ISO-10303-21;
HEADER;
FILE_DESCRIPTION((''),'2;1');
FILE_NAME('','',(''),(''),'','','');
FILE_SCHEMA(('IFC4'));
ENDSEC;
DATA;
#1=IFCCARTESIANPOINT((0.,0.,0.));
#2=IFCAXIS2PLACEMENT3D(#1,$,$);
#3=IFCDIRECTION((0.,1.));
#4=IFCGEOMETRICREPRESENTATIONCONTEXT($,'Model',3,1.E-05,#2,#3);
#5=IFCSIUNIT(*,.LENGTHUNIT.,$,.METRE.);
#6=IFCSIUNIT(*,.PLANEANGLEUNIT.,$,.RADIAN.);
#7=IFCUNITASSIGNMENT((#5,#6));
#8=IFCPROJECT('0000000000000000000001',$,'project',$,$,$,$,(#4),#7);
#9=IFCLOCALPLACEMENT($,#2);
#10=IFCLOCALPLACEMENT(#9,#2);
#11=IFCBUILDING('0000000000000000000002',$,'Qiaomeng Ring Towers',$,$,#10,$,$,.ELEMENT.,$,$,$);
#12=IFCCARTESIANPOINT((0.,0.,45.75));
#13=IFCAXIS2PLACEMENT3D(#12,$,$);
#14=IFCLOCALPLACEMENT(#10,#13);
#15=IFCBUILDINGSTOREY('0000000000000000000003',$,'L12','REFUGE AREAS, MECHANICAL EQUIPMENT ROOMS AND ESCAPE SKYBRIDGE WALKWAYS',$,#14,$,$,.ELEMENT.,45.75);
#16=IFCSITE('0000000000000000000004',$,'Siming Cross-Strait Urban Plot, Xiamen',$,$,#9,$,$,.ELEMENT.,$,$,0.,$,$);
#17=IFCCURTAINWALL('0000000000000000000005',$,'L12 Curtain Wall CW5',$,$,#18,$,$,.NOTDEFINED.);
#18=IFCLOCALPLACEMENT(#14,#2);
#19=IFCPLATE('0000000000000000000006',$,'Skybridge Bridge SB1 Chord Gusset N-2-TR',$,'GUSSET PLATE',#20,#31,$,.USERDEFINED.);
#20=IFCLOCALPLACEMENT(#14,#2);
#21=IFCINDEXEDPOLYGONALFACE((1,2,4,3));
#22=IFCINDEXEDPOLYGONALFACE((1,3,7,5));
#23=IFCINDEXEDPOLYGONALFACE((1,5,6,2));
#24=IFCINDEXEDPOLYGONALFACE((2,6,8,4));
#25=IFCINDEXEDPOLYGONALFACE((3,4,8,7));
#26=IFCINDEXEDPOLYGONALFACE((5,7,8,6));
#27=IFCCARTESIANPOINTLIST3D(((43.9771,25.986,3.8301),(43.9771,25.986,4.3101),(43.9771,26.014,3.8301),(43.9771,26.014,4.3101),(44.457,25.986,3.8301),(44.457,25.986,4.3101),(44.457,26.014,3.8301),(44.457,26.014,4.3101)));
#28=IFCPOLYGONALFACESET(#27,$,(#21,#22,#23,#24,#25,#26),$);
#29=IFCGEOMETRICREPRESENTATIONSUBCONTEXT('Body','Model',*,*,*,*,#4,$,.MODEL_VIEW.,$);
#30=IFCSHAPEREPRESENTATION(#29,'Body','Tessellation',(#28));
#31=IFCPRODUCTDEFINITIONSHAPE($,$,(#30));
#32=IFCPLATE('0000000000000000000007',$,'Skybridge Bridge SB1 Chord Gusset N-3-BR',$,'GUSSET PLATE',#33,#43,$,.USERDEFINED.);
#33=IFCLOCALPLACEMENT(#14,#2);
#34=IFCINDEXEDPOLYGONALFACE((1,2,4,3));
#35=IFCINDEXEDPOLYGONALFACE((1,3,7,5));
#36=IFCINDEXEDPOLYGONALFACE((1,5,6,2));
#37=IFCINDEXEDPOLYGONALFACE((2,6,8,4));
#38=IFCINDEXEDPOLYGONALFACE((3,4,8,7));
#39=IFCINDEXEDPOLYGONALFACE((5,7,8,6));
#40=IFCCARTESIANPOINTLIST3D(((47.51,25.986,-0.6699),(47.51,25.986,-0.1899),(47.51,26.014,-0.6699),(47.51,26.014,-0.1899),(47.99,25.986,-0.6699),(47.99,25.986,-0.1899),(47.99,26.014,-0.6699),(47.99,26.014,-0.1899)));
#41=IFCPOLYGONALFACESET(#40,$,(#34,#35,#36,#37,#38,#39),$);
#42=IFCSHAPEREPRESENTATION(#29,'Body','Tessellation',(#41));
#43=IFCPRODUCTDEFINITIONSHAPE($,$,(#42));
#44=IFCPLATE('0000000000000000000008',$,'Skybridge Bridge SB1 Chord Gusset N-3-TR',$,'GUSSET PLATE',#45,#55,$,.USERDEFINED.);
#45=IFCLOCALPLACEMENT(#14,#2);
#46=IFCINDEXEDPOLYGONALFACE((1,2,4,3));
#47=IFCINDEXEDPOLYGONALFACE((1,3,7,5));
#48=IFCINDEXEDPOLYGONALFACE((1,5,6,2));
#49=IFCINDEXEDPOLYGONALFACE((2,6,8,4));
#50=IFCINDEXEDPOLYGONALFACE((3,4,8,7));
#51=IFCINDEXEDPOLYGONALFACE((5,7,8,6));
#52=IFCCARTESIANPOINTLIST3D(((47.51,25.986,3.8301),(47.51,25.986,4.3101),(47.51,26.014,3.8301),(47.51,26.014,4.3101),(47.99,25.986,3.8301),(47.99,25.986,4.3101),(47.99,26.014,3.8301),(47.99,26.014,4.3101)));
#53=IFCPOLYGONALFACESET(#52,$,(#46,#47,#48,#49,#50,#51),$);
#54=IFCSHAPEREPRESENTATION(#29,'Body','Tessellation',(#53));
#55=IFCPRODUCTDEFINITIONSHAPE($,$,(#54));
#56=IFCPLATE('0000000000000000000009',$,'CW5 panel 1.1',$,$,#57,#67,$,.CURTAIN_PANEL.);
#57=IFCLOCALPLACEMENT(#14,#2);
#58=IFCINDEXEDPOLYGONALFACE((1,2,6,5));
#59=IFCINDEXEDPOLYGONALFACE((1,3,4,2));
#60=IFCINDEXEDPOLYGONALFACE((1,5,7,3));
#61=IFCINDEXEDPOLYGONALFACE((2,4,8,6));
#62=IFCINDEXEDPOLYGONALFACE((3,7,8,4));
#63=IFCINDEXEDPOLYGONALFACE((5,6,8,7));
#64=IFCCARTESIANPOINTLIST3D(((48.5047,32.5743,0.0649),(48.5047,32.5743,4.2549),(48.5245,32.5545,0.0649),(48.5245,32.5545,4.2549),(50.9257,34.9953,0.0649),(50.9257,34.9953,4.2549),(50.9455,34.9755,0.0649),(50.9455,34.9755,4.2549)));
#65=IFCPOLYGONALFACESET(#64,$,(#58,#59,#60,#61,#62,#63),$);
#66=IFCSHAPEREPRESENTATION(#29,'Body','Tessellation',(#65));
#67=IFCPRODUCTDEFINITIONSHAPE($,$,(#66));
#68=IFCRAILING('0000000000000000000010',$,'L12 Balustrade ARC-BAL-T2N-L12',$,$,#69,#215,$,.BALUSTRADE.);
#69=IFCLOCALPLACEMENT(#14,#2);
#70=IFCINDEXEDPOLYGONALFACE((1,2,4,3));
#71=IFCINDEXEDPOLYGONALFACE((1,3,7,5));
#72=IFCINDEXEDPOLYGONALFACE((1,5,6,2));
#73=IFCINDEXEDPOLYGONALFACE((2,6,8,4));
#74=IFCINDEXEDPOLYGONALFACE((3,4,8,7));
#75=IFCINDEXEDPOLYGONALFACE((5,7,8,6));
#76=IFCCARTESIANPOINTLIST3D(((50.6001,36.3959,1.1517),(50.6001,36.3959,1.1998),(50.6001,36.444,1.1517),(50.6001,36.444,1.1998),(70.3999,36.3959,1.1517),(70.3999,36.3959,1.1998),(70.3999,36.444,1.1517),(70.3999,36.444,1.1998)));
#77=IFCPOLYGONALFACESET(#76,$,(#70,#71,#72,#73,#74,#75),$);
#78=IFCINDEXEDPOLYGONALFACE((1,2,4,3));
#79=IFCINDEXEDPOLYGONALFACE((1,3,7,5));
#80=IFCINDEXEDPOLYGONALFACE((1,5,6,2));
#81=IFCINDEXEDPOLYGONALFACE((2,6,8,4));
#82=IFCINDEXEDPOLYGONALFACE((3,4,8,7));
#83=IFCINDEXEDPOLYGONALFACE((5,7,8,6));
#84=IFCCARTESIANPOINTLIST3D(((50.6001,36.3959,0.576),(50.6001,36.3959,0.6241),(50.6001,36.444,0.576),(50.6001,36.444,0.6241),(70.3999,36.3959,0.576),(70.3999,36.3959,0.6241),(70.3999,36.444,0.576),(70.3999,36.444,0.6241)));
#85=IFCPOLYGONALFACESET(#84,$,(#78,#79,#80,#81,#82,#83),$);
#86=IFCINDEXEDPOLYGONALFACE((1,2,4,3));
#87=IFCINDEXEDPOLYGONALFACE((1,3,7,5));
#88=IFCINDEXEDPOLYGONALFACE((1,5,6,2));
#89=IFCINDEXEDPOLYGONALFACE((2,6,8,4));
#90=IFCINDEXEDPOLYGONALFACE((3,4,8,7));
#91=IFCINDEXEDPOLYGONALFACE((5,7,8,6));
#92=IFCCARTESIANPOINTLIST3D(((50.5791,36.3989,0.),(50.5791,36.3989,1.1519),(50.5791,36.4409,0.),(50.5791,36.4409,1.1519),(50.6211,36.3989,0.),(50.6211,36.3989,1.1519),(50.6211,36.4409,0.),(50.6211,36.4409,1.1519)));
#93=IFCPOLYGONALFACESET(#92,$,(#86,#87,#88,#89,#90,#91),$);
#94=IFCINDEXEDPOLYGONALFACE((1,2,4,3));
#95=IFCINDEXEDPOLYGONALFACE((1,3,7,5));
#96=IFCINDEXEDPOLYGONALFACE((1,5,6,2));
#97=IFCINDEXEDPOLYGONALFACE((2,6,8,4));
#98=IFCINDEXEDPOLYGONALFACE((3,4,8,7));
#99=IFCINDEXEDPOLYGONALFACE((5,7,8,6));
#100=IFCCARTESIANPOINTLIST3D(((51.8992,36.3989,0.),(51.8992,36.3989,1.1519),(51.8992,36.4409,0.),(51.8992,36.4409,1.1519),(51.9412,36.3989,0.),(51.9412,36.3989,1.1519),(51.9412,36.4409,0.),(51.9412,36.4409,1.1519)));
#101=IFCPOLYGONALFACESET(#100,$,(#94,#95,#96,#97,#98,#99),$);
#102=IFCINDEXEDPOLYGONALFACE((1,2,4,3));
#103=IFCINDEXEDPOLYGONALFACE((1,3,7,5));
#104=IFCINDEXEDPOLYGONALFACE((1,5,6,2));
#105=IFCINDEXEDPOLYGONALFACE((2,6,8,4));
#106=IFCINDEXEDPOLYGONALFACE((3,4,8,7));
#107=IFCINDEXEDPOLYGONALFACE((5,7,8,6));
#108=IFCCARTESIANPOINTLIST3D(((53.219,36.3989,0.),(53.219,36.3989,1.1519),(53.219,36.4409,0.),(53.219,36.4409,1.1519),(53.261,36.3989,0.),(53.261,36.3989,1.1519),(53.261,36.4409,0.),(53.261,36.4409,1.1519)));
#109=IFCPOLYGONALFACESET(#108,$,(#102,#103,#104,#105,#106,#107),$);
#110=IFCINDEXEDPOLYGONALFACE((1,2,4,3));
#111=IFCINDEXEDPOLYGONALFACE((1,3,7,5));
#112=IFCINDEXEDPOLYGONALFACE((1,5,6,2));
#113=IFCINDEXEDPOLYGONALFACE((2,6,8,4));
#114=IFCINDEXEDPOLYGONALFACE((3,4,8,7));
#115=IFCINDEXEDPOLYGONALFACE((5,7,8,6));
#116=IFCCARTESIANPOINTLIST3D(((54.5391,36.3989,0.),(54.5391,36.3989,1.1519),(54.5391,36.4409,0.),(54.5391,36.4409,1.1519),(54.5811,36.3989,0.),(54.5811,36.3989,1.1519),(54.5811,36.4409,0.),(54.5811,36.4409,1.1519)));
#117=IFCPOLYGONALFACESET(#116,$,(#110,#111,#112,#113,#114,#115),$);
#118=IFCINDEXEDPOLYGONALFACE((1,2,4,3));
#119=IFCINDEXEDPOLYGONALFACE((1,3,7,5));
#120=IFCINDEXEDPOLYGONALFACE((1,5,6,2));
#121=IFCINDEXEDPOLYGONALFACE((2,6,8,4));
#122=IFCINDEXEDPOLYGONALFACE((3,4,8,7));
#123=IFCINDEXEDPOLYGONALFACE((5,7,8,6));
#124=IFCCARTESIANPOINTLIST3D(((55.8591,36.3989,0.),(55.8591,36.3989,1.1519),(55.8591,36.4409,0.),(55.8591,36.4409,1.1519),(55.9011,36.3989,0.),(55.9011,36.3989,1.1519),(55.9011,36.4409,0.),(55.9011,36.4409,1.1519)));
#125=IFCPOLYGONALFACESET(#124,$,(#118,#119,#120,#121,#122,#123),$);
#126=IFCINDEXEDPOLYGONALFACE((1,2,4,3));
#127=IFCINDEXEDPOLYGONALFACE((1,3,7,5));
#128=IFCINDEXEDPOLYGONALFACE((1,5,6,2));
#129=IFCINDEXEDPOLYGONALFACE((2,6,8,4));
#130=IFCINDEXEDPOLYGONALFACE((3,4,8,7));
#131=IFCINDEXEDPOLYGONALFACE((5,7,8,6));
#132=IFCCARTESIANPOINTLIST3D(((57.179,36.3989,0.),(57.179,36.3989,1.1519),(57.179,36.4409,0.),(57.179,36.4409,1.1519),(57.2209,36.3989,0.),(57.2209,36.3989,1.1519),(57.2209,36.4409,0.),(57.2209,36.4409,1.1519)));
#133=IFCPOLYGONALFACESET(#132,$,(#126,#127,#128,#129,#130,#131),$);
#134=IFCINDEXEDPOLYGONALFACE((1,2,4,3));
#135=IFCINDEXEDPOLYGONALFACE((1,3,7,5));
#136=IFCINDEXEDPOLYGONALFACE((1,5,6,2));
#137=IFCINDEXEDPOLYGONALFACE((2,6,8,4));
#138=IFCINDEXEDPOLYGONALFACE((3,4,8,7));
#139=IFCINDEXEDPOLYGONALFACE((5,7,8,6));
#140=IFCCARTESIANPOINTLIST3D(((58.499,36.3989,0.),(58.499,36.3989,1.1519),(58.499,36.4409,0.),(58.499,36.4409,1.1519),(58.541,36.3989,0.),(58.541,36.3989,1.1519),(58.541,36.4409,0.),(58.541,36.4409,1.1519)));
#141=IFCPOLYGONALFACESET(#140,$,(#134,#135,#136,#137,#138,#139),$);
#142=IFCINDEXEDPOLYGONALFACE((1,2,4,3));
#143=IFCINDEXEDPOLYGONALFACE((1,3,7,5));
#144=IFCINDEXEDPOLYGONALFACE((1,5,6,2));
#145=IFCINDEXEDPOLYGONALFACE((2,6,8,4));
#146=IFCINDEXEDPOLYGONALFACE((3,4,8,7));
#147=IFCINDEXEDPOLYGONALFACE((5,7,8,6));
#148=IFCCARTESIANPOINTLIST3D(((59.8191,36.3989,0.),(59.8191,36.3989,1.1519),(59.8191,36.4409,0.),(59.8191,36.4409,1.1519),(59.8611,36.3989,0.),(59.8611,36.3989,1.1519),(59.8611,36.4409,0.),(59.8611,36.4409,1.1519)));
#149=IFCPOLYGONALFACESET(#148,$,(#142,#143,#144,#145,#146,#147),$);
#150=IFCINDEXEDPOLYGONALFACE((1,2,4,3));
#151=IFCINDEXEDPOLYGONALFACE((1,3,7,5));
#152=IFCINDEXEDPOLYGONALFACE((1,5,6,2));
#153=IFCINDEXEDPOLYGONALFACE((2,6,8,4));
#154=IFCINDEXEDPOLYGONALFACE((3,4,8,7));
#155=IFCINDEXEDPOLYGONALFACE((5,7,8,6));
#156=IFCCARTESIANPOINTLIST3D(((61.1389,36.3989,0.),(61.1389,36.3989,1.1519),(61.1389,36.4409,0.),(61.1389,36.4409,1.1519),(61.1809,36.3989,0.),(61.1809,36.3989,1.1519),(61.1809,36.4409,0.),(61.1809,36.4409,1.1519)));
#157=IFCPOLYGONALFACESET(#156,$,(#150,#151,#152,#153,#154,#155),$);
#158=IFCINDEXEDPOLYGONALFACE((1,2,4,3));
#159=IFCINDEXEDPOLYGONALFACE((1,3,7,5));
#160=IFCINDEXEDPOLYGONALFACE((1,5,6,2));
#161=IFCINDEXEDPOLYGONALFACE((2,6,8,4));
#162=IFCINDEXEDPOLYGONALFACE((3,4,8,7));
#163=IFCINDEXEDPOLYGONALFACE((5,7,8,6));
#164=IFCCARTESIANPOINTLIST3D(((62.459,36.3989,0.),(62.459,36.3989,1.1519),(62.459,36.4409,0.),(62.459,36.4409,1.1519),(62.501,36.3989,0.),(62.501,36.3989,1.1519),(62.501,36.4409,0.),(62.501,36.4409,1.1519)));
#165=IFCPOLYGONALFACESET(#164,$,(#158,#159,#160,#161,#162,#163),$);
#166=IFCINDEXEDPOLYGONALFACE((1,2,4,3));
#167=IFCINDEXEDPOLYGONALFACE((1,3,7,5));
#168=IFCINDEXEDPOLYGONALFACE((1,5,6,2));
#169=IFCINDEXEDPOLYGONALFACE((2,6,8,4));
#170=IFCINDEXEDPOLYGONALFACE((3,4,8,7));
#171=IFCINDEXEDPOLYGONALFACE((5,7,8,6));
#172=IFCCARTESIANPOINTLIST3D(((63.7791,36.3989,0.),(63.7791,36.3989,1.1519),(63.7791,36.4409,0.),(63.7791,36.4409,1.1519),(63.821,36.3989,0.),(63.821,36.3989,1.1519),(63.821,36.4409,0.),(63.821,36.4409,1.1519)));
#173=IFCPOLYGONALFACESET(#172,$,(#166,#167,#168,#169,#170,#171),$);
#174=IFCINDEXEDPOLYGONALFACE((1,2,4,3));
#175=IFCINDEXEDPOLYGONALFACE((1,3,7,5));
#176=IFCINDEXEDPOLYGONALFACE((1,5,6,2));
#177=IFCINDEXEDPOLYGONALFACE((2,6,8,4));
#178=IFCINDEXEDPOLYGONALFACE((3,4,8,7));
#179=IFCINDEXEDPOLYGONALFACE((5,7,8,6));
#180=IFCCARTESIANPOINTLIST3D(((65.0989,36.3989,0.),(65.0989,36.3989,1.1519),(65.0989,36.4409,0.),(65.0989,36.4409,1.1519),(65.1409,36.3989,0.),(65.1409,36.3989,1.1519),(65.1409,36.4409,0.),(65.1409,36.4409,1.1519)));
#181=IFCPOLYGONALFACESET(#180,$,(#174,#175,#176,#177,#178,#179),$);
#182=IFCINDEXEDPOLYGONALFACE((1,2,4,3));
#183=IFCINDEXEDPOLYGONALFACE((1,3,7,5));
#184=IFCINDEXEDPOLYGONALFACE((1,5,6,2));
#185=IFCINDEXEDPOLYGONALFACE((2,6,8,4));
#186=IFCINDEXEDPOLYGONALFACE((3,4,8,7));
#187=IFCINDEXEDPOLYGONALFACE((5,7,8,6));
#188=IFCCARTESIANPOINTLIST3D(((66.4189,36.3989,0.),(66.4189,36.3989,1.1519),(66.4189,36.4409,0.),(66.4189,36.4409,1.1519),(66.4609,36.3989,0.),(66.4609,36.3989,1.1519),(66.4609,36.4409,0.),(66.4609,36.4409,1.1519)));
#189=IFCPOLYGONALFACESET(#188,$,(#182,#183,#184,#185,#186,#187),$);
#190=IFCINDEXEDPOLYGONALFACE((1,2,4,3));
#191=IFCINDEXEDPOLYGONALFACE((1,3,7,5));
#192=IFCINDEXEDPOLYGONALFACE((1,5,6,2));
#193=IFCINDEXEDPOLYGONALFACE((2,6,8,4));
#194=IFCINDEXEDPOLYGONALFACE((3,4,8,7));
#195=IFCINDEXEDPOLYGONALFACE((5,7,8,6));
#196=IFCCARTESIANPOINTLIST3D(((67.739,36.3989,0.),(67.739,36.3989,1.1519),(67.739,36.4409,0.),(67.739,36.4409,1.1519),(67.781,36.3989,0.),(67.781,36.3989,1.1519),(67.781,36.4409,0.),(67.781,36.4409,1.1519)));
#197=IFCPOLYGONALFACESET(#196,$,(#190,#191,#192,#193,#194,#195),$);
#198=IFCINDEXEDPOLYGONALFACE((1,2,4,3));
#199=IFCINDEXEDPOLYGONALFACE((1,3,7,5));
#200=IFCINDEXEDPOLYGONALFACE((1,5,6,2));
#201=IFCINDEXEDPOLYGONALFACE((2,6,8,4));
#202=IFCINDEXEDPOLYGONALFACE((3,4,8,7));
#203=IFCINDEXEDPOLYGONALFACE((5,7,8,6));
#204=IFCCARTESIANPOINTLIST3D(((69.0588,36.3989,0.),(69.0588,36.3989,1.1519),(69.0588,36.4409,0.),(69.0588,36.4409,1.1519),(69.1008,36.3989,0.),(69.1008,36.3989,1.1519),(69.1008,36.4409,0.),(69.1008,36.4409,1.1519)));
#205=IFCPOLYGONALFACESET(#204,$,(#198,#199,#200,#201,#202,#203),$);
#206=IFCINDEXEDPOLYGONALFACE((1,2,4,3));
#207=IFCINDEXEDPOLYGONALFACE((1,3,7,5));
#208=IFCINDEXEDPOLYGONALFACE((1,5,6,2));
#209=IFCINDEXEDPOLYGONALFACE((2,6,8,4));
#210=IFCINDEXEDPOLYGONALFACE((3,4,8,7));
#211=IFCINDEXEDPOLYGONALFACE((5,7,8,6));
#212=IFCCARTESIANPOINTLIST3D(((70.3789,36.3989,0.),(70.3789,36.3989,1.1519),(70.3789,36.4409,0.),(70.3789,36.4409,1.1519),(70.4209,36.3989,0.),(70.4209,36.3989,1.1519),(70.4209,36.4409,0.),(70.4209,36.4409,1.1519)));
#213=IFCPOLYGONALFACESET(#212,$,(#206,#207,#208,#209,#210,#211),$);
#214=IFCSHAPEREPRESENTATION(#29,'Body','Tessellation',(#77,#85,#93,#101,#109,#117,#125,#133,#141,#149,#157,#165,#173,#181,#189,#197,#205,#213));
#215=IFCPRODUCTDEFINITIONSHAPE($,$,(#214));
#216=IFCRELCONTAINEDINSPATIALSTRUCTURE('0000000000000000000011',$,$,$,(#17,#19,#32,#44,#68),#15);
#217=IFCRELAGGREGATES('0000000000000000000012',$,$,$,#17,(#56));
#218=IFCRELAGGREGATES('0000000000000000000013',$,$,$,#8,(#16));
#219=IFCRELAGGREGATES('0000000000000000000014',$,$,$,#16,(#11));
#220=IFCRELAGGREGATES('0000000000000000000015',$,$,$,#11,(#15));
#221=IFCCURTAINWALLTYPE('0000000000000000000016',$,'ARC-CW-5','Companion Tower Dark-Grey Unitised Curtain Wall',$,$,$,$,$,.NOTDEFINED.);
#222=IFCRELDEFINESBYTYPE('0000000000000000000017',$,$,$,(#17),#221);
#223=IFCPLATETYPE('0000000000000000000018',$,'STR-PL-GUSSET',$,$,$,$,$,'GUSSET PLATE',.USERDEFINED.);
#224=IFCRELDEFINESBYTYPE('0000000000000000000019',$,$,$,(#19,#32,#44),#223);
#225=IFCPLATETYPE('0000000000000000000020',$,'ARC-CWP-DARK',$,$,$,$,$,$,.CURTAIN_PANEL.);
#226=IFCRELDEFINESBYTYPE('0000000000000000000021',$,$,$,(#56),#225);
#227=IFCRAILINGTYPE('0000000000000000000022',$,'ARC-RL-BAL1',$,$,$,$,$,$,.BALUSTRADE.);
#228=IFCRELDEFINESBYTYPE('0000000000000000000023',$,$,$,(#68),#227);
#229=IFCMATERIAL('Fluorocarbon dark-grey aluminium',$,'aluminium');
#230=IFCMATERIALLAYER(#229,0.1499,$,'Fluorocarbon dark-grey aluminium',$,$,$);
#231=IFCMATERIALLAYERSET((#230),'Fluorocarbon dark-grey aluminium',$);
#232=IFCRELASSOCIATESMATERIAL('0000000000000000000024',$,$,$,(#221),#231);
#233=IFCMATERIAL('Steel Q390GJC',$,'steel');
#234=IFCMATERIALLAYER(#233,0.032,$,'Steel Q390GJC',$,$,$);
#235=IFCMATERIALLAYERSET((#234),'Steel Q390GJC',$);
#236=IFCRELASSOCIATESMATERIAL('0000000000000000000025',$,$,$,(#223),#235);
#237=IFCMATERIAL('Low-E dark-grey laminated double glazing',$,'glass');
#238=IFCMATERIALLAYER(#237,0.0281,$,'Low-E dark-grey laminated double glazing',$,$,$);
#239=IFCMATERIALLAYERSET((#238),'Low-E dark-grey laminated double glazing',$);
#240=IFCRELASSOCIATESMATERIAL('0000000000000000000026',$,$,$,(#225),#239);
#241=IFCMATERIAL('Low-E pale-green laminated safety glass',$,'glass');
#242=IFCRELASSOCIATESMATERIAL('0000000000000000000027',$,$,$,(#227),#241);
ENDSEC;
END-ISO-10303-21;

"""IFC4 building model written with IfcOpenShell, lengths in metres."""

from ifc_helpers import new_model, si_unit, direction, frame, origin, origin_2d, place, context, subcontext, project, spatial, rectangle, extrude, source, transform, mapped, material, layer, layer_set, type_object, element, aggregate, save


model = new_model("IFC4")

# Units and contexts
model_context = context("Model", 3, precision=1e-05, world=origin(), true_north=direction((0.0, 1.0)))
body_context = subcontext(model_context, "Body", "Model", "MODEL_VIEW")
ifc_project = project(units=[si_unit("LENGTHUNIT", "METRE"), si_unit("PLANEANGLEUNIT", "RADIAN")], contexts=[model_context])

# Site, building, storey
site_placement = place(None, origin())
site = spatial("IfcSite", under=ifc_project, at=site_placement, Name="Siming Cross-Strait Urban Plot, Xiamen", CompositionType="ELEMENT", RefElevation=0.0)
building_placement = place(site_placement, origin())
building = spatial("IfcBuilding", under=site, at=building_placement, Name="Qiaomeng Ring Towers", CompositionType="ELEMENT")
storey_placement = place(building_placement, frame((0.0, 0.0, 45.75)))
storey = spatial("IfcBuildingStorey", under=building, at=storey_placement, Name="L12", Description="REFUGE AREAS, MECHANICAL EQUIPMENT ROOMS AND ESCAPE SKYBRIDGE WALKWAYS", CompositionType="ELEMENT", Elevation=45.75)

# Shared definitions
ifc_material_1 = material(Name="Steel Q390GJC", Category="steel")

# Curtain wall
ifc_material_2 = material(Name="Fluorocarbon dark-grey aluminium", Category="aluminium")
ifc_layer_1 = layer(ifc_material_2, 0.1499, Name="Fluorocarbon dark-grey aluminium")
ifc_layer_set_1 = layer_set([ifc_layer_1], Name="Fluorocarbon dark-grey aluminium")
curtain_wall_type = type_object("IfcCurtainWallType", Name="ARC-CW-5", Description="Companion Tower Dark-Grey Unitised Curtain Wall", PredefinedType="NOTDEFINED", material=ifc_layer_set_1)
curtain_wall_placement = place(storey_placement, origin())
curtain_wall = element("IfcCurtainWall", 1, at=curtain_wall_placement, inside=storey, type_object=curtain_wall_type, Name="L12 Curtain Wall CW5", PredefinedType="NOTDEFINED")

# Plates
ifc_layer_2 = layer(ifc_material_1, 0.032, Name="Steel Q390GJC")
ifc_layer_set_2 = layer_set([ifc_layer_2], Name="Steel Q390GJC")
plate_type_1 = type_object("IfcPlateType", Name="STR-PL-GUSSET", ElementType="GUSSET PLATE", PredefinedType="USERDEFINED", material=ifc_layer_set_2)
shared_shape_1 = source(origin(), body_context, "Body", "SweptSolid", [
    extrude(rectangle(XDim=0.48, YDim=0.0281, at=origin_2d()), origin(), (0.0, 0.0, 1.0), 0.48),
])
for number, where, z_axis, x_axis, name in (
    (2, (44.217, 26.0, 3.8301), (0.0, 0.0, 1.0), (1.0, 0.0, 0.0), "Skybridge Bridge SB1 Chord Gusset N-2-TR"),
    (3, (47.75, 26.0, -0.6699), (0.0, 0.0, 1.0), (1.0, 0.0, 0.0), "Skybridge Bridge SB1 Chord Gusset N-3-BR"),
    (4, (47.75, 26.0, 3.8301), (0.0, 0.0, 1.0), (1.0, 0.0, 0.0), "Skybridge Bridge SB1 Chord Gusset N-3-TR"),
):
    element("IfcPlate", number, at=place(storey_placement, frame(where, z_axis=z_axis, x_axis=x_axis)), inside=storey, type_object=plate_type_1, Name=name, ObjectType="GUSSET PLATE", PredefinedType="USERDEFINED", context=body_context, shape_type="MappedRepresentation", body=[
        mapped(shared_shape_1, transform((0.0, 0.0, 0.0), x_axis=(1.0, 0.0, 0.0), y_axis=(0.0, 1.0, 0.0), z_axis=(0.0, 0.0, 1.0), scale=1.0)),
    ])

# Plate
ifc_material_3 = material(Name="Low-E dark-grey laminated double glazing", Category="glass")
ifc_layer_3 = layer(ifc_material_3, 0.0281, Name="Low-E dark-grey laminated double glazing")
ifc_layer_set_3 = layer_set([ifc_layer_3], Name="Low-E dark-grey laminated double glazing")
plate_type_2 = type_object("IfcPlateType", Name="ARC-CWP-DARK", PredefinedType="CURTAIN_PANEL", material=ifc_layer_set_3)
shared_shape_2 = source(origin(), body_context, "Body", "SweptSolid", [
    extrude(rectangle(XDim=3.4238, YDim=0.0281, at=origin_2d()), origin(), (0.0, 0.0, 1.0), 4.1899),
])
plate_1_placement = place(storey_placement, frame((49.7251, 33.7749, 0.0649), z_axis=(0.0, 0.0, 1.0), x_axis=(-0.707107, -0.707107, 0.0)))
plate_1 = element("IfcPlate", 5, at=plate_1_placement, type_object=plate_type_2, Name="CW5 panel 1.1", PredefinedType="CURTAIN_PANEL", context=body_context, shape_type="MappedRepresentation", body=[
    mapped(shared_shape_2, transform((0.0, 0.0, 0.0), x_axis=(1.0, 0.0, 0.0), y_axis=(0.0, 1.0, 0.0), z_axis=(0.0, 0.0, 1.0), scale=1.0)),
])
aggregate(curtain_wall, [plate_1])

# Railing
ifc_material_4 = material(Name="Low-E pale-green laminated safety glass", Category="glass")
railing_type_1 = type_object("IfcRailingType", Name="ARC-RL-BAL1", PredefinedType="BALUSTRADE", material=ifc_material_4)
railing_1_placement = place(storey_placement, frame((50.6001, 36.4199, 0.0)))
element("IfcRailing", 6, at=railing_1_placement, inside=storey, type_object=railing_type_1, Name="L12 Balustrade ARC-BAL-T2N-L12", PredefinedType="BALUSTRADE", context=body_context, shape_type="SweptSolid", body=[
    extrude(rectangle(XDim=0.0481, YDim=0.0481, at=origin_2d()), frame((0.0, 0.0, 1.1758), z_axis=(1.0, 0.0, 0.0), x_axis=(0.0, 1.0, 0.0)), (0.0, 0.0, 1.0), 19.7998),
    extrude(rectangle(XDim=0.0481, YDim=0.0481, at=origin_2d()), frame((0.0, 0.0, 0.6001), z_axis=(1.0, 0.0, 0.0), x_axis=(0.0, 1.0, 0.0)), (0.0, 0.0, 1.0), 19.7998),
    extrude(rectangle(XDim=0.042, YDim=0.042, at=origin_2d()), origin(), (0.0, 0.0, 1.0), 1.1519),
    extrude(rectangle(XDim=0.042, YDim=0.042, at=origin_2d()), frame((1.3201, 0.0, 0.0)), (0.0, 0.0, 1.0), 1.1519),
    extrude(rectangle(XDim=0.042, YDim=0.042, at=origin_2d()), frame((2.6399, 0.0, 0.0)), (0.0, 0.0, 1.0), 1.1519),
    extrude(rectangle(XDim=0.042, YDim=0.042, at=origin_2d()), frame((3.96, 0.0, 0.0)), (0.0, 0.0, 1.0), 1.1519),
    extrude(rectangle(XDim=0.042, YDim=0.042, at=origin_2d()), frame((5.28, 0.0, 0.0)), (0.0, 0.0, 1.0), 1.1519),
    extrude(rectangle(XDim=0.042, YDim=0.042, at=origin_2d()), frame((6.5999, 0.0, 0.0)), (0.0, 0.0, 1.0), 1.1519),
    extrude(rectangle(XDim=0.042, YDim=0.042, at=origin_2d()), frame((7.9199, 0.0, 0.0)), (0.0, 0.0, 1.0), 1.1519),
    extrude(rectangle(XDim=0.042, YDim=0.042, at=origin_2d()), frame((9.24, 0.0, 0.0)), (0.0, 0.0, 1.0), 1.1519),
    extrude(rectangle(XDim=0.042, YDim=0.042, at=origin_2d()), frame((10.5598, 0.0, 0.0)), (0.0, 0.0, 1.0), 1.1519),
    extrude(rectangle(XDim=0.042, YDim=0.042, at=origin_2d()), frame((11.8799, 0.0, 0.0)), (0.0, 0.0, 1.0), 1.1519),
    extrude(rectangle(XDim=0.042, YDim=0.042, at=origin_2d()), frame((13.2, 0.0, 0.0)), (0.0, 0.0, 1.0), 1.1519),
    extrude(rectangle(XDim=0.042, YDim=0.042, at=origin_2d()), frame((14.5198, 0.0, 0.0)), (0.0, 0.0, 1.0), 1.1519),
    extrude(rectangle(XDim=0.042, YDim=0.042, at=origin_2d()), frame((15.8398, 0.0, 0.0)), (0.0, 0.0, 1.0), 1.1519),
    extrude(rectangle(XDim=0.042, YDim=0.042, at=origin_2d()), frame((17.1599, 0.0, 0.0)), (0.0, 0.0, 1.0), 1.1519),
    extrude(rectangle(XDim=0.042, YDim=0.042, at=origin_2d()), frame((18.4797, 0.0, 0.0)), (0.0, 0.0, 1.0), 1.1519),
    extrude(rectangle(XDim=0.042, YDim=0.042, at=origin_2d()), frame((19.7998, 0.0, 0.0)), (0.0, 0.0, 1.0), 1.1519),
])

save(model, "model.ifc")
